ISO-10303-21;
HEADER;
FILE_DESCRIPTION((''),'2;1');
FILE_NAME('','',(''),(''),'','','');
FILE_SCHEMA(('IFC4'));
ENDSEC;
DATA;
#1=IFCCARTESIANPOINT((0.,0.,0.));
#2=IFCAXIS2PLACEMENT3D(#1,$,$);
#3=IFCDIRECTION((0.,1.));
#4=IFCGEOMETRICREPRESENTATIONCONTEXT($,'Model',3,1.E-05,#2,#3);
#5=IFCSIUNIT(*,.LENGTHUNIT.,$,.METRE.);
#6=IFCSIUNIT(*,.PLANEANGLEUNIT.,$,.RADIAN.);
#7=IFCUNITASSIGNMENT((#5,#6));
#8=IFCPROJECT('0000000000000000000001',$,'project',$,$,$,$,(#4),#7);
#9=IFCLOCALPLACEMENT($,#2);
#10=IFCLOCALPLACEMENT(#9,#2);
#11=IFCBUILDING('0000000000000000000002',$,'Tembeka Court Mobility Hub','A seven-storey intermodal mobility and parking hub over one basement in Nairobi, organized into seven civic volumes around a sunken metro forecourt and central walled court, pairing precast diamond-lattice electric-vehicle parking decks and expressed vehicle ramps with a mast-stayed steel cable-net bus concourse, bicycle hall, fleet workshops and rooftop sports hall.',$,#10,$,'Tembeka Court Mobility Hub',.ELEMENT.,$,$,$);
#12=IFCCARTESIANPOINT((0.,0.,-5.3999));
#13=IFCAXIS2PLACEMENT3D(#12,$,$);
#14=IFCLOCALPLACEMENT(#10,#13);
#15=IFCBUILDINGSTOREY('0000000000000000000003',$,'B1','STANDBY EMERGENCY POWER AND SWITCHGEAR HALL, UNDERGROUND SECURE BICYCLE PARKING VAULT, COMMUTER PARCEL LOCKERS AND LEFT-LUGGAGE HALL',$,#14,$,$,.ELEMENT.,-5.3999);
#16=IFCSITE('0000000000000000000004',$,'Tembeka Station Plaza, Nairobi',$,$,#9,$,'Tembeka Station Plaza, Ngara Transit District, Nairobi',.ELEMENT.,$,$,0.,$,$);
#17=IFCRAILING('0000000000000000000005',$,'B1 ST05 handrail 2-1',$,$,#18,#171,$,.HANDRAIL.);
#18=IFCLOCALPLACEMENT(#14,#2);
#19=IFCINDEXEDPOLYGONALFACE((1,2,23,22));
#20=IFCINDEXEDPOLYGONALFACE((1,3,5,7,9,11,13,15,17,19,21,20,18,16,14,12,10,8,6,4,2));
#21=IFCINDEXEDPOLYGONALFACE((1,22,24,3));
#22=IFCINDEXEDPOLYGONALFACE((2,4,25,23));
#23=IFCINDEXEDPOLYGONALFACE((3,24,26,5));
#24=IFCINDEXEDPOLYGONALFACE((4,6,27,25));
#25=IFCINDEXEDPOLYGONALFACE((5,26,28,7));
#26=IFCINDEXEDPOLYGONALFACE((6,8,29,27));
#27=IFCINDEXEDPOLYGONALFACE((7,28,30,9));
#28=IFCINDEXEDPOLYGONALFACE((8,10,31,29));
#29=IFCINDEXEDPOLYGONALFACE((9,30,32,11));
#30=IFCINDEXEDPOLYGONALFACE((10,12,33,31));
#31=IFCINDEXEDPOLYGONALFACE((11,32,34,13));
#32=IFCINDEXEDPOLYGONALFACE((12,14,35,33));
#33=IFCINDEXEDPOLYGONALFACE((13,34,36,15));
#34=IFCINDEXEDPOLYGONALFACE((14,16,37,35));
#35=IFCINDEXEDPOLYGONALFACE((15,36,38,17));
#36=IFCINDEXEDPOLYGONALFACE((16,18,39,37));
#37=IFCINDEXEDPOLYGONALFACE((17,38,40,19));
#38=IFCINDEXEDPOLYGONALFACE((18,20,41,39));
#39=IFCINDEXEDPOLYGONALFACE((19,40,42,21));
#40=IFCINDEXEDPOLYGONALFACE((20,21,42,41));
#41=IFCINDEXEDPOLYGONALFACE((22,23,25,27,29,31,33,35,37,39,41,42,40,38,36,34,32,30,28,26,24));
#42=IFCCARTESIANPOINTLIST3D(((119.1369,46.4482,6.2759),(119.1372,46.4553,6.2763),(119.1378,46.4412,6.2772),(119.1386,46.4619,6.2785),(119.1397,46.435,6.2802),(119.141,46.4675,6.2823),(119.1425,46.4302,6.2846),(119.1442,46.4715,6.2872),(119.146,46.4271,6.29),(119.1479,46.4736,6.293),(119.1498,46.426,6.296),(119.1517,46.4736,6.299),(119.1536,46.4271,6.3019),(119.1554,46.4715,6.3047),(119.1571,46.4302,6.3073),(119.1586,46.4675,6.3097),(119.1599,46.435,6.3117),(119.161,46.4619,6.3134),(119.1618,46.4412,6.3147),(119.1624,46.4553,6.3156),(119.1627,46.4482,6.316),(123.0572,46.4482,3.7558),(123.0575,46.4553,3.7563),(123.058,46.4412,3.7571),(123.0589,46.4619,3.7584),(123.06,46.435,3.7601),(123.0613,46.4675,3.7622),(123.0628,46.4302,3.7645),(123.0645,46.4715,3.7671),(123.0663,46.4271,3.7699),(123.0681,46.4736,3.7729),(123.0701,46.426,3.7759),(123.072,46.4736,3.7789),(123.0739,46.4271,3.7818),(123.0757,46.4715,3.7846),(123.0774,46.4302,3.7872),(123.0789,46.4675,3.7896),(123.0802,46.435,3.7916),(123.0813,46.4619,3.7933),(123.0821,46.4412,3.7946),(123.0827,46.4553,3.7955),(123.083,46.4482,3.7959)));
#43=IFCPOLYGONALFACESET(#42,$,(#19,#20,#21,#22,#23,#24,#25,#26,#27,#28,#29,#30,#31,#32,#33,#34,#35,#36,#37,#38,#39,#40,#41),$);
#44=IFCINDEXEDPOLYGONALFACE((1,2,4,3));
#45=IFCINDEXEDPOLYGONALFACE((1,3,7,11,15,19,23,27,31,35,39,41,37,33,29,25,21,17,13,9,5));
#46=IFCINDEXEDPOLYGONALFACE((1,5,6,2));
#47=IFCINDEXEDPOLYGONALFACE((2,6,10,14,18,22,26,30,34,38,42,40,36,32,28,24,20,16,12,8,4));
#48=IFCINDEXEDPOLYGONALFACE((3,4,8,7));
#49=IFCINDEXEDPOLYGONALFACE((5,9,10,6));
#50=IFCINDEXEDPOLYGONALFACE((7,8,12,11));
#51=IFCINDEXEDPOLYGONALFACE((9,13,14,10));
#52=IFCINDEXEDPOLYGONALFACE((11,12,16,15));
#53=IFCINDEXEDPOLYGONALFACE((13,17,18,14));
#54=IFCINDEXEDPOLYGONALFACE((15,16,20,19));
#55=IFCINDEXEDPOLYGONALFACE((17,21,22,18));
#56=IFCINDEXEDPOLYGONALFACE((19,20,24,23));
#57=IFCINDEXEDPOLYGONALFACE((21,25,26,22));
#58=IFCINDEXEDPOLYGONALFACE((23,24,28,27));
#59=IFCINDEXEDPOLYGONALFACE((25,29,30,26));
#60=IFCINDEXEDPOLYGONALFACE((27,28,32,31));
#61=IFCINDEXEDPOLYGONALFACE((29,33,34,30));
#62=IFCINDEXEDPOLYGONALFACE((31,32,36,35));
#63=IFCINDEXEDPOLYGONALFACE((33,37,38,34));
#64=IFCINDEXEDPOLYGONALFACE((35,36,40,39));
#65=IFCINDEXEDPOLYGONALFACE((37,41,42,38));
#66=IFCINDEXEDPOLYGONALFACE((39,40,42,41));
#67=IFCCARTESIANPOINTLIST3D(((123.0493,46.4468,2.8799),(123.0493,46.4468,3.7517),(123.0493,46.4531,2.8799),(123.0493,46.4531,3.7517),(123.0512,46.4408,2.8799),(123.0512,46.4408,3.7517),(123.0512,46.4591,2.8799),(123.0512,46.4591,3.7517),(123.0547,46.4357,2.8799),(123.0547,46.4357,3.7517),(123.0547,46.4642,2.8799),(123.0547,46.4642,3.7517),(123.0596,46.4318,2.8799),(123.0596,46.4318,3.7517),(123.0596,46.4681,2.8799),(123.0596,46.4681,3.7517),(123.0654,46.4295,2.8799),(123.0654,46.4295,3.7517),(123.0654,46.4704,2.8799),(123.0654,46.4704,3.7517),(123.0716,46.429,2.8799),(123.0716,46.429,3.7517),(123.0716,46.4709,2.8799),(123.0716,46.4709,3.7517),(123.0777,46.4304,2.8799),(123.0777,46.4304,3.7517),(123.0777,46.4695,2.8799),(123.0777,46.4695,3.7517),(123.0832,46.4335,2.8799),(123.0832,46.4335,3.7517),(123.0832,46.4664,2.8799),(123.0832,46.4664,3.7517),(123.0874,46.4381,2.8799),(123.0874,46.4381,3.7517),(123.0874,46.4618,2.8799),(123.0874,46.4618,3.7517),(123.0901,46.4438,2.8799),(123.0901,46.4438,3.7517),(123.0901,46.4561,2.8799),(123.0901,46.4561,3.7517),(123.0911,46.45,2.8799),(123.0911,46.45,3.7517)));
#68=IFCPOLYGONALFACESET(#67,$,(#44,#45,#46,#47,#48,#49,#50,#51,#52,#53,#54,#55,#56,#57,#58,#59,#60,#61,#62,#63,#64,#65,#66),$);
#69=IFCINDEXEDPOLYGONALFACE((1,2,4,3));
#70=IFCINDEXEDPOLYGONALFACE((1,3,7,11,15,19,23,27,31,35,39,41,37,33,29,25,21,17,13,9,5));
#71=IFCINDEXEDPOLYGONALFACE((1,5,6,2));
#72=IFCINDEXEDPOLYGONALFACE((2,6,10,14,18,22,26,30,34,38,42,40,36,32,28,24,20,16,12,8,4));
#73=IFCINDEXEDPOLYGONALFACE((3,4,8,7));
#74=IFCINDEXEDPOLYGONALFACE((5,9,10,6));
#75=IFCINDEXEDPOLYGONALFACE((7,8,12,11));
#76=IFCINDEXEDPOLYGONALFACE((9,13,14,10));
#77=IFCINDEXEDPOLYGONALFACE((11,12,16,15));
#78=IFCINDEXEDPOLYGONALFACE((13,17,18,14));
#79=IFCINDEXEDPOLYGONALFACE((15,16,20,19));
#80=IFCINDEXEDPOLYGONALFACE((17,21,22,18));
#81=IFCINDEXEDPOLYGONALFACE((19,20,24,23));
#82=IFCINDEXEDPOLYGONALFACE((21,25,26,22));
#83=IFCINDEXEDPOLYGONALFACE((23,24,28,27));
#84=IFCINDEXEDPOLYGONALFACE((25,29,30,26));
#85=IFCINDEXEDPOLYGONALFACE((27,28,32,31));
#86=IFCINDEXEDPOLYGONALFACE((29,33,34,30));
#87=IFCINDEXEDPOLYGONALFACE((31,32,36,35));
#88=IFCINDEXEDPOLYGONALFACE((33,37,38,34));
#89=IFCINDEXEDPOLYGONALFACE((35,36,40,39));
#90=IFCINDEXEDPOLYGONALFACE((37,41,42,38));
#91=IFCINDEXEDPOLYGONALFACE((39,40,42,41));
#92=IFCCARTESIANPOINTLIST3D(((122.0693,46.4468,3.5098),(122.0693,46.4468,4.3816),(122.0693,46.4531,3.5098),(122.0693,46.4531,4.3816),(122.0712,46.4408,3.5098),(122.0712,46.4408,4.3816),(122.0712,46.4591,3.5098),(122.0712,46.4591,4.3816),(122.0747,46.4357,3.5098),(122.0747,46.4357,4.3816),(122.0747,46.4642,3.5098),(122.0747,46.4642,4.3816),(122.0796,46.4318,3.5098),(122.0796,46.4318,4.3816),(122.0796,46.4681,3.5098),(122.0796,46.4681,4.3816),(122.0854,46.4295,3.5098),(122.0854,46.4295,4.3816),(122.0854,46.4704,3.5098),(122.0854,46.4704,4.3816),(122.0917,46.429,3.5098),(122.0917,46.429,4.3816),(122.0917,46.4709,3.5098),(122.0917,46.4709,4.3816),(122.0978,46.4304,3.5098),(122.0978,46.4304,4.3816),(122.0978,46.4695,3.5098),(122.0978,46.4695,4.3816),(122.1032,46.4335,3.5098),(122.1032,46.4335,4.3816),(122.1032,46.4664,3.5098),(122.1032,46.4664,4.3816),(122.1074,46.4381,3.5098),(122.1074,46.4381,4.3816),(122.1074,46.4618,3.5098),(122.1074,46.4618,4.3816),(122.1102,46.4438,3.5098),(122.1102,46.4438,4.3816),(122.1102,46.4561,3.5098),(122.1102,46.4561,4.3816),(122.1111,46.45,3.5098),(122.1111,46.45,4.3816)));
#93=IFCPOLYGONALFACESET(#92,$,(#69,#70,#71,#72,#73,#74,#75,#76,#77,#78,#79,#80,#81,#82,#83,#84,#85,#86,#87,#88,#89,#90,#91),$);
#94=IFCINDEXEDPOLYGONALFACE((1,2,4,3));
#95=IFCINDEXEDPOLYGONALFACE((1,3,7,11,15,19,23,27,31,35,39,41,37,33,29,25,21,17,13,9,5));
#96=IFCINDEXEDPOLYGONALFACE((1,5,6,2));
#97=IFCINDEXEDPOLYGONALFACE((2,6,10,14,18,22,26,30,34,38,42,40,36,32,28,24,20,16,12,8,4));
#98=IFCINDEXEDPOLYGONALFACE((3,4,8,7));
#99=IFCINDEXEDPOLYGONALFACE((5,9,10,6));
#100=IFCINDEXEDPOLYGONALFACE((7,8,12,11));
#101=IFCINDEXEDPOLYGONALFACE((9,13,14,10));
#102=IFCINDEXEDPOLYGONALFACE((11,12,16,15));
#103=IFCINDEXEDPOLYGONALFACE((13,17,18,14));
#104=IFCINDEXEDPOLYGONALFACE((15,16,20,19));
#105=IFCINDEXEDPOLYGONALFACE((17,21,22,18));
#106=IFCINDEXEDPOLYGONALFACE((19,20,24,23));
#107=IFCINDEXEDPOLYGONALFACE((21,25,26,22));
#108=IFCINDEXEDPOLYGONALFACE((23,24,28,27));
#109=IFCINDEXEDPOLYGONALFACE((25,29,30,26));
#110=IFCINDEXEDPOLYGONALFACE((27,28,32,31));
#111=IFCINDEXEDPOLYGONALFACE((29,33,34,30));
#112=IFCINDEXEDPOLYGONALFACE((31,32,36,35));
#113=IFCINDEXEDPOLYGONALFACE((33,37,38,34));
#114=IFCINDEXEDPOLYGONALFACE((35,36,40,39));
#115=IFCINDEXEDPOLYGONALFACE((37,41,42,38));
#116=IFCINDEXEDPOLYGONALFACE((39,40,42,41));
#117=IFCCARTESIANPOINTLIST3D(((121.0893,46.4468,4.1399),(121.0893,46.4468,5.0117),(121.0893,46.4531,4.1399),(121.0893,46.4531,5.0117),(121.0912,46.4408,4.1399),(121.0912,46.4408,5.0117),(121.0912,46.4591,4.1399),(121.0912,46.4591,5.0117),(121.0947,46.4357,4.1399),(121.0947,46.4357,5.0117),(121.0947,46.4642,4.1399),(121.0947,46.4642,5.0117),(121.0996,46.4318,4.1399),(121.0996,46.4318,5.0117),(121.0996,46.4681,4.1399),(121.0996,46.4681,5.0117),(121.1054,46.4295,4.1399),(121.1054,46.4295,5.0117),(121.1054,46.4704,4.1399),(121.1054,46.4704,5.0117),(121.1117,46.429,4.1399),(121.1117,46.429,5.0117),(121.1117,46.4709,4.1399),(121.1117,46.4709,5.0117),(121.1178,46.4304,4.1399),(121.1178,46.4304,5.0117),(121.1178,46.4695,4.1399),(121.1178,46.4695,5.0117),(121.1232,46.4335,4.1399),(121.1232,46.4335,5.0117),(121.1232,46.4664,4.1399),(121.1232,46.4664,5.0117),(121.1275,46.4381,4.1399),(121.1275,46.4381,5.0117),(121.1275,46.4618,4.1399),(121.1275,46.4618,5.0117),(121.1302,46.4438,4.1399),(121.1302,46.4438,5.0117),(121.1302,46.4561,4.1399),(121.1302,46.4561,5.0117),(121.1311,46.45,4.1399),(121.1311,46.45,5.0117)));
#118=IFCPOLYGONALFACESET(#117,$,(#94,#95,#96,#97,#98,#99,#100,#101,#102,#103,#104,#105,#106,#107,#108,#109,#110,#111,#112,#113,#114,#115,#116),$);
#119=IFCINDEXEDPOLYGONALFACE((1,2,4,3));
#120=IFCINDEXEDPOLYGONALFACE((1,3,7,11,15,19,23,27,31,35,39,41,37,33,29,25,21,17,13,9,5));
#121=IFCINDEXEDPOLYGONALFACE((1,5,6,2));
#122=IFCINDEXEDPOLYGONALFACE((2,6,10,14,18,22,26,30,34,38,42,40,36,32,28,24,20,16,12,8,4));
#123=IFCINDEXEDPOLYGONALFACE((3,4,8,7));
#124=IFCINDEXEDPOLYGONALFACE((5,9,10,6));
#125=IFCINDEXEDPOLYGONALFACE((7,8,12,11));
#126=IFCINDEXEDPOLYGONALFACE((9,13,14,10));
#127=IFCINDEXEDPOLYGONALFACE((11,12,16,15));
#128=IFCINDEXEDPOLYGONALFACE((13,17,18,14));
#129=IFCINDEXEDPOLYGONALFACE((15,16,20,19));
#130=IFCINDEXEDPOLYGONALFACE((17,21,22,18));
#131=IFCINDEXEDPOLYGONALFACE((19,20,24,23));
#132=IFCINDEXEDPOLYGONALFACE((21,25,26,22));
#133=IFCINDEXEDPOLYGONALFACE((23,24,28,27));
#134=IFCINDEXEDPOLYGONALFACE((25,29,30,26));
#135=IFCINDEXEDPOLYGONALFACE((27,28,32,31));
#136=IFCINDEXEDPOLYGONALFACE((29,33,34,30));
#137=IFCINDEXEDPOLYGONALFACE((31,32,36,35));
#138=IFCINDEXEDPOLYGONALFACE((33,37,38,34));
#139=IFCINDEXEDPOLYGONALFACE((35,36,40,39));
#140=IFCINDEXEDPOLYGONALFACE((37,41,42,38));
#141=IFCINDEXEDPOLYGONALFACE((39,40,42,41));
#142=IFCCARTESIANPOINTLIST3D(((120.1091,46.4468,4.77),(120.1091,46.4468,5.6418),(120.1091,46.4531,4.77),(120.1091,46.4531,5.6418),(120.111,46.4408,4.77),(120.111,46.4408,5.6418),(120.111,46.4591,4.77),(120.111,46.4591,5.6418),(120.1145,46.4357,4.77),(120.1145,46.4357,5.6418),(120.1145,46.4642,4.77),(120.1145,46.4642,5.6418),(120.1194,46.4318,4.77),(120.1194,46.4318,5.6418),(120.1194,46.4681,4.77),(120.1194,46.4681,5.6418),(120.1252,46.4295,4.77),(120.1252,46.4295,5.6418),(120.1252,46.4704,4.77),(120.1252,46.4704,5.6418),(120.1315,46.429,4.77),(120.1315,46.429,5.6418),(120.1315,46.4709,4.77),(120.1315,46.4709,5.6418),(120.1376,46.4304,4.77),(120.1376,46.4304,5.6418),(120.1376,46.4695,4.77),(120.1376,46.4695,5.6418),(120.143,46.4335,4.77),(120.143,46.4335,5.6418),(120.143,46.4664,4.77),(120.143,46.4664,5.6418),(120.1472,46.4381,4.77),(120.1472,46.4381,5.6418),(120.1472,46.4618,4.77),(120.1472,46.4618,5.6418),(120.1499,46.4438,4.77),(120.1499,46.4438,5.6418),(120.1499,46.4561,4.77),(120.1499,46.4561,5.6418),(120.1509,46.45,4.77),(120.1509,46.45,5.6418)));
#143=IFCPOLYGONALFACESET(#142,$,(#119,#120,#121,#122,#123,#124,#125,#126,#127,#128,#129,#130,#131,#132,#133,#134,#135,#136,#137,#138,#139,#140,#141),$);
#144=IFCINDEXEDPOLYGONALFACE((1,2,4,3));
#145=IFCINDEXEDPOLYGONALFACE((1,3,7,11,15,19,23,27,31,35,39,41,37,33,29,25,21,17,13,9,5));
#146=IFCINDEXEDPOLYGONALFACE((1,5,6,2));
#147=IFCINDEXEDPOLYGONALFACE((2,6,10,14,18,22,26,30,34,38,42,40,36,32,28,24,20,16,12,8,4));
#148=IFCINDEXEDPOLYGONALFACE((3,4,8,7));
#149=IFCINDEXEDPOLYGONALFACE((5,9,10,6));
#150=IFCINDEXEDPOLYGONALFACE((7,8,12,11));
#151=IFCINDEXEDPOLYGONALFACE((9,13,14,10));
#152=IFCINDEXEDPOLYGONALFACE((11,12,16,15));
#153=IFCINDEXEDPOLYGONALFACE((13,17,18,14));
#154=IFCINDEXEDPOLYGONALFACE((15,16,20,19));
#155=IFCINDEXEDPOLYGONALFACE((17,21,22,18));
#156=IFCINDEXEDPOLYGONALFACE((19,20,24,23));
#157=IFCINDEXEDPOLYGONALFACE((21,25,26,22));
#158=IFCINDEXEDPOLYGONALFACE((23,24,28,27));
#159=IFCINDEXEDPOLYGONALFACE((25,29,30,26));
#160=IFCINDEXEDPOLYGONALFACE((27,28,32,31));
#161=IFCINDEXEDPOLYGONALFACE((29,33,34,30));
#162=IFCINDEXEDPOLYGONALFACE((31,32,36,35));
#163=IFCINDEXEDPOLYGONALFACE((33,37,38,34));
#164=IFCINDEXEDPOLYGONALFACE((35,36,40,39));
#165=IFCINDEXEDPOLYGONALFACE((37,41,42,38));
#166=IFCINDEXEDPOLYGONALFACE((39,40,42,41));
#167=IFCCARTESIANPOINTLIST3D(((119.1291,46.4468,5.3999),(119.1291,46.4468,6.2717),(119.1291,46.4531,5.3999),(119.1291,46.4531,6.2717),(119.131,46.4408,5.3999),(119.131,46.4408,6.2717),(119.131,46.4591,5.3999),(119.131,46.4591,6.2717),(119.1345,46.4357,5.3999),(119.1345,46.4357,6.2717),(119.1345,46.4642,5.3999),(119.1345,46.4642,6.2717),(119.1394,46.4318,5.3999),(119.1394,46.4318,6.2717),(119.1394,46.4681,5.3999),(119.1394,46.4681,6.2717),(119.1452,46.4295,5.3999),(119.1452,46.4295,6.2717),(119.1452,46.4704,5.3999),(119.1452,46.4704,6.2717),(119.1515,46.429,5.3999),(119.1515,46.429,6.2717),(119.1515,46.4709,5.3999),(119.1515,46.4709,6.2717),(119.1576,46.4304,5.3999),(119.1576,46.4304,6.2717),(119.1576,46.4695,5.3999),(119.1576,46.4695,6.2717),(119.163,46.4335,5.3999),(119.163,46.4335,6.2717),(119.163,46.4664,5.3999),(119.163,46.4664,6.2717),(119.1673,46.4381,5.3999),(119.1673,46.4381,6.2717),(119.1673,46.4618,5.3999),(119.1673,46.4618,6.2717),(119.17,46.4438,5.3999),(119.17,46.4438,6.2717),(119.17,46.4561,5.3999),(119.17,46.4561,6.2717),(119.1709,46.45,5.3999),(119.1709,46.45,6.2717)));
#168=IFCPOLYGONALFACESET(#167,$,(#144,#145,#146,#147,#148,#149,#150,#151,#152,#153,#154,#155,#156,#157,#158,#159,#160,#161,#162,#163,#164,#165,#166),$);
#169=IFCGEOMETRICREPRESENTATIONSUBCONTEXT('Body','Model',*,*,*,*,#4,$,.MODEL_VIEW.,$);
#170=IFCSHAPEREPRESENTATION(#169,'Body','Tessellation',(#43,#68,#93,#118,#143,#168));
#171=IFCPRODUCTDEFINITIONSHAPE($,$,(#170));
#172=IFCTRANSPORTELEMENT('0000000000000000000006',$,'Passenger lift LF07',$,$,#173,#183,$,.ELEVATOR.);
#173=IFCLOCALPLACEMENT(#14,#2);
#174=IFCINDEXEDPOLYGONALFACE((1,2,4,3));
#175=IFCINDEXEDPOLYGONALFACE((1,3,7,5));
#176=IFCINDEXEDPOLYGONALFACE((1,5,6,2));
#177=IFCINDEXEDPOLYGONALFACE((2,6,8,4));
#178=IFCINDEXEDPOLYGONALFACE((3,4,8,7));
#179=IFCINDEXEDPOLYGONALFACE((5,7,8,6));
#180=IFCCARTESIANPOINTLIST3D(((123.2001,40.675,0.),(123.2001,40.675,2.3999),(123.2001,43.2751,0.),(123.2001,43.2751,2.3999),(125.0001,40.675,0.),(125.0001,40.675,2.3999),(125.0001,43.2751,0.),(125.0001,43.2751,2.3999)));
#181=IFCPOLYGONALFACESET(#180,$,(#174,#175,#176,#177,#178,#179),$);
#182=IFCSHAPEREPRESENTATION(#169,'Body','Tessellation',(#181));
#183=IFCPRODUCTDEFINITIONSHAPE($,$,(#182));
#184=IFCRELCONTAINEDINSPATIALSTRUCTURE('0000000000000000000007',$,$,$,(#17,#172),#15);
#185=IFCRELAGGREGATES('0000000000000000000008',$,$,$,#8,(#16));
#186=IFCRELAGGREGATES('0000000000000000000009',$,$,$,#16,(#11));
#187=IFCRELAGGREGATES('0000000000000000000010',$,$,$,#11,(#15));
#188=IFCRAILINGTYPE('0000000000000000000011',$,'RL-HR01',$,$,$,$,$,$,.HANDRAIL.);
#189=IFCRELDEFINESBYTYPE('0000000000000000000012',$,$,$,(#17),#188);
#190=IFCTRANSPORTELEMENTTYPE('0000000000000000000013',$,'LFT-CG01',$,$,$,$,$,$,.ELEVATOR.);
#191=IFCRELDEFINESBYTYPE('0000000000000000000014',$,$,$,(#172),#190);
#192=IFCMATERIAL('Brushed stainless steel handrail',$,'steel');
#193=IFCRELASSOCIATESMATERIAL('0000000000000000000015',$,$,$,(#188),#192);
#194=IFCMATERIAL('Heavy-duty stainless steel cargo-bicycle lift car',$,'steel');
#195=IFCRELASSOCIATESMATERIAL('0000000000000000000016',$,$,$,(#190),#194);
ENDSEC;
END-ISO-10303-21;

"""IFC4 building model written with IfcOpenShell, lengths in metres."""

from ifc_helpers import new_model, si_unit, direction, frame, origin, origin_2d, place, context, subcontext, project, spatial, rectangle, circle, extrude, material, type_object, element, save


model = new_model("IFC4")

# Units and contexts
model_context = context("Model", 3, precision=1e-05, world=origin(), true_north=direction((0.0, 1.0)))
body_context = subcontext(model_context, "Body", "Model", "MODEL_VIEW")
ifc_project = project(units=[si_unit("LENGTHUNIT", "METRE"), si_unit("PLANEANGLEUNIT", "RADIAN")], contexts=[model_context])

# Site, building, storey
site_placement = place(None, origin())
site = spatial("IfcSite", under=ifc_project, at=site_placement, Name="Tembeka Station Plaza, Nairobi", LongName="Tembeka Station Plaza, Ngara Transit District, Nairobi", CompositionType="ELEMENT", RefElevation=0.0)
building_placement = place(site_placement, origin())
building = spatial("IfcBuilding", under=site, at=building_placement, Name="Tembeka Court Mobility Hub", Description="A seven-storey intermodal mobility and parking hub over one basement in Nairobi, organized into seven civic volumes around a sunken metro forecourt and central walled court, pairing precast diamond-lattice electric-vehicle parking decks and expressed vehicle ramps with a mast-stayed steel cable-net bus concourse, bicycle hall, fleet workshops and rooftop sports hall.", LongName="Tembeka Court Mobility Hub", CompositionType="ELEMENT")
storey_placement = place(building_placement, frame((0.0, 0.0, -5.3999)))
storey = spatial("IfcBuildingStorey", under=building, at=storey_placement, Name="B1", Description="STANDBY EMERGENCY POWER AND SWITCHGEAR HALL, UNDERGROUND SECURE BICYCLE PARKING VAULT, COMMUTER PARCEL LOCKERS AND LEFT-LUGGAGE HALL", CompositionType="ELEMENT", Elevation=-5.3999)

# Railing
ifc_material_1 = material(Name="Brushed stainless steel handrail", Category="steel")
railing_type_1 = type_object("IfcRailingType", Name="RL-HR01", PredefinedType="HANDRAIL", material=ifc_material_1)
railing_1_placement = place(storey_placement, frame((123.0701, 46.45, 2.8799)))
element("IfcRailing", 1, at=railing_1_placement, inside=storey, type_object=railing_type_1, Name="B1 ST05 handrail 2-1", PredefinedType="HANDRAIL", context=body_context, shape_type="SweptSolid", body=[
    extrude(circle(Radius=0.0239, at=origin_2d()), frame((0.0, 0.0, 0.896), z_axis=(-0.841187, 0.0, 0.540744), x_axis=(0.0, -1.0, 0.0)), (0.0, 0.0, 1.0), 4.6604),
    extrude(circle(Radius=0.021, at=origin_2d()), origin(), (0.0, 0.0, 1.0), 0.8718),
    extrude(circle(Radius=0.021, at=origin_2d()), frame((-0.98, 0.0, 0.6299)), (0.0, 0.0, 1.0), 0.8718),
    extrude(circle(Radius=0.021, at=origin_2d()), frame((-1.96, 0.0, 1.26)), (0.0, 0.0, 1.0), 0.8718),
    extrude(circle(Radius=0.021, at=origin_2d()), frame((-2.9402, 0.0, 1.8901)), (0.0, 0.0, 1.0), 0.8718),
    extrude(circle(Radius=0.021, at=origin_2d()), frame((-3.9202, 0.0, 2.52)), (0.0, 0.0, 1.0), 0.8718),
])

# Transport element
ifc_material_2 = material(Name="Heavy-duty stainless steel cargo-bicycle lift car", Category="steel")
transport_element_type = type_object("IfcTransportElementType", Name="LFT-CG01", PredefinedType="ELEVATOR", material=ifc_material_2)
transport_element_placement = place(storey_placement, frame((124.1001, 41.9751, 0.0), z_axis=(0.0, 0.0, 1.0), x_axis=(1.0, 0.0, 0.0)))
element("IfcTransportElement", 2, at=transport_element_placement, inside=storey, type_object=transport_element_type, Name="Passenger lift LF07", PredefinedType="ELEVATOR", context=body_context, shape_type="SweptSolid", body=[
    extrude(rectangle(XDim=1.8, YDim=2.6001, at=origin_2d()), origin(), (0.0, 0.0, 1.0), 2.3999),
])

save(model, "model.ifc")
